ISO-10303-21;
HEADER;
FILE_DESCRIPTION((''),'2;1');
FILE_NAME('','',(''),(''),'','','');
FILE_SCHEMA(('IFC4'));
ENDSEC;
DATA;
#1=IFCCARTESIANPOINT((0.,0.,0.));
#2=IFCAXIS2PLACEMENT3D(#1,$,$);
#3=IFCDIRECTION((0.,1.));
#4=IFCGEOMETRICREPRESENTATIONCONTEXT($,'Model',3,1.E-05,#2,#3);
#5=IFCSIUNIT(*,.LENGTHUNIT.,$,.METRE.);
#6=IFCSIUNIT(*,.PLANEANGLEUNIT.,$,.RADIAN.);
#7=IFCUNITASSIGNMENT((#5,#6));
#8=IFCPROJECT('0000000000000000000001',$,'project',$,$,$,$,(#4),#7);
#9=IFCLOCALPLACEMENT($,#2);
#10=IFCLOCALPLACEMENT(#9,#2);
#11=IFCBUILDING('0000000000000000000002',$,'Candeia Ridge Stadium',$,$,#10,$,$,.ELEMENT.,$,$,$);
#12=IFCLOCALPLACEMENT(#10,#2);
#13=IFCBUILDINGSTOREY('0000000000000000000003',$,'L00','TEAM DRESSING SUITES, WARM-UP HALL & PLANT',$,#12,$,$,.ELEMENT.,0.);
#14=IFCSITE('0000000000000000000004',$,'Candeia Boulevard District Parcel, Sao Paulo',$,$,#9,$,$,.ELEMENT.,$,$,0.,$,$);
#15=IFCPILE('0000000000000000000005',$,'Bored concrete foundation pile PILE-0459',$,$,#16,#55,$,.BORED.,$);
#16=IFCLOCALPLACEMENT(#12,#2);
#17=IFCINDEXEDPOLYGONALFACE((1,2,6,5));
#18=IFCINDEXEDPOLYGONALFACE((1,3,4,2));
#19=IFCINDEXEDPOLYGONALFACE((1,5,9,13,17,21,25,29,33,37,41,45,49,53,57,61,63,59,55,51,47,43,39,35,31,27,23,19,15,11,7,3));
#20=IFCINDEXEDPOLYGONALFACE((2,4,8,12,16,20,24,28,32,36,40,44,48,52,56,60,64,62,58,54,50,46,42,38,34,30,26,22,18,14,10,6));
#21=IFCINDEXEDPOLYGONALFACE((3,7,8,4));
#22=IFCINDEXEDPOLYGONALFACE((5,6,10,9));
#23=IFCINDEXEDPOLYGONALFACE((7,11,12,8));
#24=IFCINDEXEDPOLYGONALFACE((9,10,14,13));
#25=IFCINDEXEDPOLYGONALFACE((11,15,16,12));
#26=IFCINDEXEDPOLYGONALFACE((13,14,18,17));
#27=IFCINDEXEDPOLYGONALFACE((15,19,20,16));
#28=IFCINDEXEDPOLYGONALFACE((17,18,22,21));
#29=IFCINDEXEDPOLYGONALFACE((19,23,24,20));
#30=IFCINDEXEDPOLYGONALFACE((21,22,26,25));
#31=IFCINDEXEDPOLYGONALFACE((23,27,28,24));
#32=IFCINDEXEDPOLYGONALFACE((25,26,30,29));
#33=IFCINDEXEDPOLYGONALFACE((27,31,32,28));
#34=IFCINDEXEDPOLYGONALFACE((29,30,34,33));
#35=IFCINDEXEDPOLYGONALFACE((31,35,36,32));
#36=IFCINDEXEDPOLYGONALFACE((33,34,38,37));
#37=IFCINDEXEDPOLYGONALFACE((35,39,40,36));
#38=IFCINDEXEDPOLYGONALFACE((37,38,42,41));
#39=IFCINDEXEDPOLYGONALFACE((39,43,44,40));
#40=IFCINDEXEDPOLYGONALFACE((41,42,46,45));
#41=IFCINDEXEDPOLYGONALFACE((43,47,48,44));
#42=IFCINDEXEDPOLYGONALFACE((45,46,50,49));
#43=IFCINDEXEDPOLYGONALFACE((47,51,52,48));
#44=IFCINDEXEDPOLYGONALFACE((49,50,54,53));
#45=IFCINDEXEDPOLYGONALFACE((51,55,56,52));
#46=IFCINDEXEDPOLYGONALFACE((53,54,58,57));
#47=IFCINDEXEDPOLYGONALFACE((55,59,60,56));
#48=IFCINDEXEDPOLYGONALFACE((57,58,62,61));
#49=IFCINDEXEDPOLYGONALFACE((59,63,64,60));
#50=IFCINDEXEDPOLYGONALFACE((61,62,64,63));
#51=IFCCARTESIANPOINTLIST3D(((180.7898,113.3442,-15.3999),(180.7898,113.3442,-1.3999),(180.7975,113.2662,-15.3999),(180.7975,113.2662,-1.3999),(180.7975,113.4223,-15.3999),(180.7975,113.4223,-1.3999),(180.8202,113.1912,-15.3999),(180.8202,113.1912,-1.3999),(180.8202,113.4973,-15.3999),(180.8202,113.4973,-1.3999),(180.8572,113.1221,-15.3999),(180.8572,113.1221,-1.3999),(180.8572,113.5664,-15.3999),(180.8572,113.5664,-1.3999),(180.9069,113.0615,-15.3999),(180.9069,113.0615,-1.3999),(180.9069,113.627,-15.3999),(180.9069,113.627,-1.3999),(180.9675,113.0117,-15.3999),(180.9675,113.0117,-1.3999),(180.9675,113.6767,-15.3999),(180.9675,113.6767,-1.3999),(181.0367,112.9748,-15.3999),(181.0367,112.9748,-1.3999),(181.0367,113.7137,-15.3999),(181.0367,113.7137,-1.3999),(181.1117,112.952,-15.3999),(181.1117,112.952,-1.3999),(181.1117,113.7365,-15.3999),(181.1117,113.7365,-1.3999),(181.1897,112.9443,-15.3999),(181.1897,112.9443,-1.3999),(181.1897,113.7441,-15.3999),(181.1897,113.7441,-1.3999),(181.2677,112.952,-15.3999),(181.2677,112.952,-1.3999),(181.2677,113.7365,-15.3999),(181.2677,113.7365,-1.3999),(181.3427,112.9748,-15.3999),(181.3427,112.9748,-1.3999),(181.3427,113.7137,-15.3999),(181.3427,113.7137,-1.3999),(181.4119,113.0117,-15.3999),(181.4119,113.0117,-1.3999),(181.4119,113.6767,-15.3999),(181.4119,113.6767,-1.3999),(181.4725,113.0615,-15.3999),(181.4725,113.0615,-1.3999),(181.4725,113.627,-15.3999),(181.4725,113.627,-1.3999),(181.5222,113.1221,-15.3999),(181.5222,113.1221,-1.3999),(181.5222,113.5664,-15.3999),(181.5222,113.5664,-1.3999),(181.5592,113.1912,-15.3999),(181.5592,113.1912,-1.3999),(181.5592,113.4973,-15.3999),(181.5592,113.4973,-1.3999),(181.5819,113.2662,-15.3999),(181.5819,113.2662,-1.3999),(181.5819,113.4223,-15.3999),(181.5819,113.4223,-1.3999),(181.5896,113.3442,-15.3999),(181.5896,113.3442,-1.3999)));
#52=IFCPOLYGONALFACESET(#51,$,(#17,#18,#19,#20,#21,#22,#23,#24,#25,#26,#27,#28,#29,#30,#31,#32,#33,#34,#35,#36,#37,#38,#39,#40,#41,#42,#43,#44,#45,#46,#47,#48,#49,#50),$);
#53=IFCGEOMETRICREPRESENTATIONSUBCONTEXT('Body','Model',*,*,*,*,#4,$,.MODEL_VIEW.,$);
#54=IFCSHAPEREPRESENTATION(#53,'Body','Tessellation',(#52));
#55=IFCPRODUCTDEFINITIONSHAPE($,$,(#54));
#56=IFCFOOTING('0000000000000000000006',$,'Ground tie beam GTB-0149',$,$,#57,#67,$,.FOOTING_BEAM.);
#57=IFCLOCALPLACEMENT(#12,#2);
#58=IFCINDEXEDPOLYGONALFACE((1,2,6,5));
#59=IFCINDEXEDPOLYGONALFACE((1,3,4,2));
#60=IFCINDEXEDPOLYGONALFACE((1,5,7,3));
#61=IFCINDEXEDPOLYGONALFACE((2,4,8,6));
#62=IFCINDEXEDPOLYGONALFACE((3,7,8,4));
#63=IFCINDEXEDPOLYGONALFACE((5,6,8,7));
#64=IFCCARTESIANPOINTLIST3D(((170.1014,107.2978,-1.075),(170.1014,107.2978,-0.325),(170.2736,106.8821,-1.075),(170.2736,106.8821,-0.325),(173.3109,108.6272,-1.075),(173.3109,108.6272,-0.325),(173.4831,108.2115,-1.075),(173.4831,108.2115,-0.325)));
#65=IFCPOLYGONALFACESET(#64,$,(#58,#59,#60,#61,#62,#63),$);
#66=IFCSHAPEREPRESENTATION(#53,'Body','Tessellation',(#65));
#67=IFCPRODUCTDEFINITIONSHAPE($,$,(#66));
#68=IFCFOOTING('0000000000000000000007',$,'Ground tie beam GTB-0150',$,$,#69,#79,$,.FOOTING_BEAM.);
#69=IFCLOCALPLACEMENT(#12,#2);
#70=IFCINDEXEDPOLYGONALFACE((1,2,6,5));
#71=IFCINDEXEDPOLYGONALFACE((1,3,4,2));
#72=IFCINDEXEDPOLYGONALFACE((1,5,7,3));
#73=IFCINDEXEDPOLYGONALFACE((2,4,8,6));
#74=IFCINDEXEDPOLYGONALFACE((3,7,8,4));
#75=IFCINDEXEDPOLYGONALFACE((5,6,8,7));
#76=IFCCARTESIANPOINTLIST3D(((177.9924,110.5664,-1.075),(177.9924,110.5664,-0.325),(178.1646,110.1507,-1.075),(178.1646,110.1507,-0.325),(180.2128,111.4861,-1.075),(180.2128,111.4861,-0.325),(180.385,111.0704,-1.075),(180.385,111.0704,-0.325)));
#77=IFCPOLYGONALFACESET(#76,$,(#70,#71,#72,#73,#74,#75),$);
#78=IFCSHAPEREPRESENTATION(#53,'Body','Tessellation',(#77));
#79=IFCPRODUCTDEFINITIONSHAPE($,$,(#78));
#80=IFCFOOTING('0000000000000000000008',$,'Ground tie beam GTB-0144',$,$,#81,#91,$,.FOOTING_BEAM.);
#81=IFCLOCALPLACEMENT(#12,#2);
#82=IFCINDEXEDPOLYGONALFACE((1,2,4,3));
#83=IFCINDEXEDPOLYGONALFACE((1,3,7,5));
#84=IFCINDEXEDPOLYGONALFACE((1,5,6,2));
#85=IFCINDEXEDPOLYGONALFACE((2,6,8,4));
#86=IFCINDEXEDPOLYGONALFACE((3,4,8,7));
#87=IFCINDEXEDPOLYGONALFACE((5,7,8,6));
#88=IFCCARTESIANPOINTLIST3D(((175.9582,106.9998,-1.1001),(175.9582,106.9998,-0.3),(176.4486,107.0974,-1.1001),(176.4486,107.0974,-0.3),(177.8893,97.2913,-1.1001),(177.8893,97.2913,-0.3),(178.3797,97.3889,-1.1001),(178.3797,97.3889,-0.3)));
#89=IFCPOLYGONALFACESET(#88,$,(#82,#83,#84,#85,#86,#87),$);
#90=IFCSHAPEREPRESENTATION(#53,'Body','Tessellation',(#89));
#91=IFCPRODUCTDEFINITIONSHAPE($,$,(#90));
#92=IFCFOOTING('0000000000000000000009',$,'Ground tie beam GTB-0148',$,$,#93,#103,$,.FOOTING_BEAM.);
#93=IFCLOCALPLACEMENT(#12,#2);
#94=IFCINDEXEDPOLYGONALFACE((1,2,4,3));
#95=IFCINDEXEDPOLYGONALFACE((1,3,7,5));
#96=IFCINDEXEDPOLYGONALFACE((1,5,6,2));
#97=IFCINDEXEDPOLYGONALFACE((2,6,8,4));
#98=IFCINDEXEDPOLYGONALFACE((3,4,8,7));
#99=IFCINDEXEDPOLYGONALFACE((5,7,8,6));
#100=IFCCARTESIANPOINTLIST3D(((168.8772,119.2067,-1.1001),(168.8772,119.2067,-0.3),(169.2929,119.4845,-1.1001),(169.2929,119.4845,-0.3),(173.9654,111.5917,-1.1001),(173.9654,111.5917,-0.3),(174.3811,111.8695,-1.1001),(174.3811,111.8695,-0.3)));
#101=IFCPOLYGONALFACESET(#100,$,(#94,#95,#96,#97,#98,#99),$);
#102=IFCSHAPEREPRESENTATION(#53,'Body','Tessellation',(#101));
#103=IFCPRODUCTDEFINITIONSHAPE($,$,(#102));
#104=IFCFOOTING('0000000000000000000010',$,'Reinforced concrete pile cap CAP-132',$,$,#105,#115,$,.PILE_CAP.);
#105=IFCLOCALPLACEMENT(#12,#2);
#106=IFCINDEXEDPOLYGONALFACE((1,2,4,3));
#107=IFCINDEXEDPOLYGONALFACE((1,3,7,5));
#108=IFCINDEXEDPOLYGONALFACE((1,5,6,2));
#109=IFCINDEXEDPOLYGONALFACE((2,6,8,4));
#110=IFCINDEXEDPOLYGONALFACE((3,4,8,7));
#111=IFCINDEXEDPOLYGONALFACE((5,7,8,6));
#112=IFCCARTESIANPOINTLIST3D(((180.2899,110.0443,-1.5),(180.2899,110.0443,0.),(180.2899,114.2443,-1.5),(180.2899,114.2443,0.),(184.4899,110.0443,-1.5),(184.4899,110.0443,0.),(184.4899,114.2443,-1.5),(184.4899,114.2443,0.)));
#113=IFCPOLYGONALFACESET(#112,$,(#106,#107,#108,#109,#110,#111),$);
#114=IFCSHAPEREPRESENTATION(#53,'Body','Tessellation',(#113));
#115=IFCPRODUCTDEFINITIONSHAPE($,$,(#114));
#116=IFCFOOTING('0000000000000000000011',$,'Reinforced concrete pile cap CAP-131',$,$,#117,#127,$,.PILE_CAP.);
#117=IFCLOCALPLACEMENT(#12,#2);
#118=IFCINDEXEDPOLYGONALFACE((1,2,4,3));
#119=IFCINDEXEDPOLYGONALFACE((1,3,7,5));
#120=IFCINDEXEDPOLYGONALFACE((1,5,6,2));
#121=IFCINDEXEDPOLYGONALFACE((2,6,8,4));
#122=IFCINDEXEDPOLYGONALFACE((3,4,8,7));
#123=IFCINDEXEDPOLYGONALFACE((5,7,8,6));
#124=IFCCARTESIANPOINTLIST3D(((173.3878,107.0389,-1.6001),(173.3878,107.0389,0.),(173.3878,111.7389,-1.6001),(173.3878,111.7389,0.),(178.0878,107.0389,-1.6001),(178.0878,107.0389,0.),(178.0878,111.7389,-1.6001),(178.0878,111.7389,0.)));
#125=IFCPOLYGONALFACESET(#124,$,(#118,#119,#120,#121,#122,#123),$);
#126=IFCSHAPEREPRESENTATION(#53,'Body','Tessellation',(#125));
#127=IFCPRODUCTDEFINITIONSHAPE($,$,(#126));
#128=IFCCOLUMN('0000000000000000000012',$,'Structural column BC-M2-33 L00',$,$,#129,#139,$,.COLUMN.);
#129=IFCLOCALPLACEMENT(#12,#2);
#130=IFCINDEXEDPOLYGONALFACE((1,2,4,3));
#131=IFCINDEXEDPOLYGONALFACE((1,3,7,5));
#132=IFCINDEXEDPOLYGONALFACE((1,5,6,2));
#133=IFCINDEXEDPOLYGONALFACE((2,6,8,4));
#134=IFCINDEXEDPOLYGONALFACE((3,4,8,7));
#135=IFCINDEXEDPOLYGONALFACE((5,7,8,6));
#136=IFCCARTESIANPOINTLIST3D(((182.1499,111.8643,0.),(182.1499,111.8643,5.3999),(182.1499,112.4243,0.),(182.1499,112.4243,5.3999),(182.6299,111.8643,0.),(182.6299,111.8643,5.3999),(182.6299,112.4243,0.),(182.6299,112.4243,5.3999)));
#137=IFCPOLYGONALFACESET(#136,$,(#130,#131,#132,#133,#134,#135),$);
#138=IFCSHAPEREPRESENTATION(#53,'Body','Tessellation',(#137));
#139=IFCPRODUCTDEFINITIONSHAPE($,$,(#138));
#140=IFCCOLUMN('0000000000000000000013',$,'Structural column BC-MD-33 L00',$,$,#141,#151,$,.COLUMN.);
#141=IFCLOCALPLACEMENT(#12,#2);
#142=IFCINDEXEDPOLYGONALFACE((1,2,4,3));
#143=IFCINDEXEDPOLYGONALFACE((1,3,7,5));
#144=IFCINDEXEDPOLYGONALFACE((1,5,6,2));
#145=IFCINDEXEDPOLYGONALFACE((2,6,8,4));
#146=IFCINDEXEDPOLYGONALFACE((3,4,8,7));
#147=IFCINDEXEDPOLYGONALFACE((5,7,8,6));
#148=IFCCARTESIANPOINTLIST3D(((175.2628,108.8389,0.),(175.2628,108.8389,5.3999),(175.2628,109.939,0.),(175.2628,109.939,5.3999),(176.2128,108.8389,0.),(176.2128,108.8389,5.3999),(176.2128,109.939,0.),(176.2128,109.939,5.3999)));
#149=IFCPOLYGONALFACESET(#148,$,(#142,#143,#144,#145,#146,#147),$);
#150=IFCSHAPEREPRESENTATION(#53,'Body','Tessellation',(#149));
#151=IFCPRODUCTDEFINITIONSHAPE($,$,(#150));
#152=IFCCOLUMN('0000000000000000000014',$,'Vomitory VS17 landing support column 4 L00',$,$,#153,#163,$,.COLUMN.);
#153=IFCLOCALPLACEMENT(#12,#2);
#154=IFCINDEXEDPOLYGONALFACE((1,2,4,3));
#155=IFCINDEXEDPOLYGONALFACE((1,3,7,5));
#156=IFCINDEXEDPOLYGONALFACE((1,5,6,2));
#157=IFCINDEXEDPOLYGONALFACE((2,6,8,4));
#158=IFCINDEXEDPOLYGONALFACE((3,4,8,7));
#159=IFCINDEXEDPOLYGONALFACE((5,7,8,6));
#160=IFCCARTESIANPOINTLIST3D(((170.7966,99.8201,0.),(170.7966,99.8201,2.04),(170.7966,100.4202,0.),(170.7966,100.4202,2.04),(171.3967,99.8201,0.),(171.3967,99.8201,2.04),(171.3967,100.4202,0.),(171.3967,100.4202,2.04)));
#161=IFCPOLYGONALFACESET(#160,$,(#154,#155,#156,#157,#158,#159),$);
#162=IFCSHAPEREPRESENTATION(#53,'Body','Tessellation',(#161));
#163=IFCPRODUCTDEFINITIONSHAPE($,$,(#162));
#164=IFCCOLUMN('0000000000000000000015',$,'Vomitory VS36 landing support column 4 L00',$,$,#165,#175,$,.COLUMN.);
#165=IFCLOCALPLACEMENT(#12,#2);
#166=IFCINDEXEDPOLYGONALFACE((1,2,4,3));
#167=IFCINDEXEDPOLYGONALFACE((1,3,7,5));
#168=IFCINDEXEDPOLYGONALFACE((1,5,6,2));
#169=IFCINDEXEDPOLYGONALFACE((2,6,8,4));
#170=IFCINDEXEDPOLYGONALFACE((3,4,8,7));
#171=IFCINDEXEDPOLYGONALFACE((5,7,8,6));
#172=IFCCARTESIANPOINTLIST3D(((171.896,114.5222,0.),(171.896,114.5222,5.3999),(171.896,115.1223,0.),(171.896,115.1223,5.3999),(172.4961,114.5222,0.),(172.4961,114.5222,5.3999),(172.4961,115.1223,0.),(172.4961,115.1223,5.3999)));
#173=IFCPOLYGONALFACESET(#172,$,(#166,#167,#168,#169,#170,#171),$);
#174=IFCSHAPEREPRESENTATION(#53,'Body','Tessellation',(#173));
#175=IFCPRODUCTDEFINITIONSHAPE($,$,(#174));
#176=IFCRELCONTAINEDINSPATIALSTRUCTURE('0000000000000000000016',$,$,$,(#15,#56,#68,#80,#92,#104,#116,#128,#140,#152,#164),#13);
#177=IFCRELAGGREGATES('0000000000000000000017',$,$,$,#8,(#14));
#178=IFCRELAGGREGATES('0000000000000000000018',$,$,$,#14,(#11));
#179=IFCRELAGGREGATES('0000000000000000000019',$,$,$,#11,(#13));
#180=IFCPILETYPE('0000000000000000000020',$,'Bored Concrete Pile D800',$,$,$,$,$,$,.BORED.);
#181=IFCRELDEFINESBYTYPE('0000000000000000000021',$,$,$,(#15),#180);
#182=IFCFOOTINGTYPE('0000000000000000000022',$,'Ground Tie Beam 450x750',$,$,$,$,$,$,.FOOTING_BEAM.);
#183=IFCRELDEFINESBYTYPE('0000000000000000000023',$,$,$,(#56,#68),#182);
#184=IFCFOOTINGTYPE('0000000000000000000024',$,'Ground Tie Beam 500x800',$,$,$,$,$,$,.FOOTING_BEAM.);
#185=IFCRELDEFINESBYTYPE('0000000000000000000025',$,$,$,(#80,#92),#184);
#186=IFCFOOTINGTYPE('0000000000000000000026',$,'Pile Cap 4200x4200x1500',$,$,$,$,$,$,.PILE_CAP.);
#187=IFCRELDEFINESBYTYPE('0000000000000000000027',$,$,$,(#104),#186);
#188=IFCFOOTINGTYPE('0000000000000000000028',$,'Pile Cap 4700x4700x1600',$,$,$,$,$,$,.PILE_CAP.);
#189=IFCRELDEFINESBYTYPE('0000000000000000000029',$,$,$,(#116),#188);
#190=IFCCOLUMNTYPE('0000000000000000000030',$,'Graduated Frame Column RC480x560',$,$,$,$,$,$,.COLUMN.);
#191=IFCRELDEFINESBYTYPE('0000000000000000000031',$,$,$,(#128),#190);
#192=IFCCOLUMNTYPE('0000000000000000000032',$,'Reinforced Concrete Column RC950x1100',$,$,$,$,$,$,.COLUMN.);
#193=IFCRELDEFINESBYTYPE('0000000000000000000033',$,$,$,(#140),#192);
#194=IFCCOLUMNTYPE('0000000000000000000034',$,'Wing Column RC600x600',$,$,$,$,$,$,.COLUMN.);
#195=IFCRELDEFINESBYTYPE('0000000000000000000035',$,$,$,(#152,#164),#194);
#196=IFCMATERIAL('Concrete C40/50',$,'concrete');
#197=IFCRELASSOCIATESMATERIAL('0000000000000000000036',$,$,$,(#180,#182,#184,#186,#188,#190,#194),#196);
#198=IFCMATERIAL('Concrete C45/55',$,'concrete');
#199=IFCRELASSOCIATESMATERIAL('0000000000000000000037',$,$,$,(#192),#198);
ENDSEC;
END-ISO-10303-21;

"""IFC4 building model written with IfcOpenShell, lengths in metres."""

from ifc_helpers import new_model, si_unit, direction, frame, origin, origin_2d, place, context, subcontext, project, spatial, rectangle, circle, extrude, material, material_profile, profile_set, type_object, element, save


model = new_model("IFC4")

# Units and contexts
model_context = context("Model", 3, precision=1e-05, world=origin(), true_north=direction((0.0, 1.0)))
body_context = subcontext(model_context, "Body", "Model", "MODEL_VIEW")
ifc_project = project(units=[si_unit("LENGTHUNIT", "METRE"), si_unit("PLANEANGLEUNIT", "RADIAN")], contexts=[model_context])

# Site, building, storey
site_placement = place(None, origin())
site = spatial("IfcSite", under=ifc_project, at=site_placement, Name="Candeia Boulevard District Parcel, Sao Paulo", CompositionType="ELEMENT", RefElevation=0.0)
building_placement = place(site_placement, origin())
building = spatial("IfcBuilding", under=site, at=building_placement, Name="Candeia Ridge Stadium", CompositionType="ELEMENT")
storey_placement = place(building_placement, origin())
storey = spatial("IfcBuildingStorey", under=building, at=storey_placement, Name="L00", Description="TEAM DRESSING SUITES, WARM-UP HALL & PLANT", CompositionType="ELEMENT", Elevation=0.0)

# Pile
ifc_material_1 = material(Name="Concrete C40/50", Category="concrete")
ifc_material_profile_1 = material_profile(ifc_material_1, circle(Radius=0.3999, at=origin_2d()), Name="PILE-D800", Category="concrete")
ifc_profile_set_1 = profile_set([ifc_material_profile_1], Name="Concrete C40/50")
pile_type_1 = type_object("IfcPileType", Name="Bored Concrete Pile D800", PredefinedType="BORED", material=ifc_profile_set_1)
for number, where, z_axis, x_axis, name in (
    (1, (181.1897, 113.3442, -1.3999), (0.0, 0.0, -1.0), (1.0, 0.0, 0.0), "Bored concrete foundation pile PILE-0459"),
):
    element("IfcPile", number, at=place(storey_placement, frame(where, z_axis=z_axis, x_axis=x_axis)), inside=storey, type_object=pile_type_1, Name=name, PredefinedType="BORED", context=body_context, shape_type="SweptSolid", body=[
        extrude(circle(Radius=0.3999, at=origin_2d()), origin(), (0.0, 0.0, 1.0), 14.0),
    ])

# Footings
footing_type_1 = type_object("IfcFootingType", Name="Ground Tie Beam 450x750", PredefinedType="FOOTING_BEAM", material=ifc_material_1)
footing_1_placement = place(storey_placement, frame((171.7922, 107.7546, -1.075), z_axis=(0.0, 0.0, 1.0), x_axis=(0.923881, 0.382679, 0.0)))
element("IfcFooting", 2, at=footing_1_placement, inside=storey, type_object=footing_type_1, Name="Ground tie beam GTB-0149", PredefinedType="FOOTING_BEAM", context=body_context, shape_type="SweptSolid", body=[
    extrude(rectangle(XDim=3.4739, YDim=0.45, at=origin_2d()), origin(), (0.0, 0.0, 1.0), 0.75),
])
footing_2_placement = place(storey_placement, frame((179.1887, 110.8184, -1.075), z_axis=(0.0, 0.0, 1.0), x_axis=(0.923882, 0.382676, 0.0)))
element("IfcFooting", 3, at=footing_2_placement, inside=storey, type_object=footing_type_1, Name="Ground tie beam GTB-0150", PredefinedType="FOOTING_BEAM", context=body_context, shape_type="SweptSolid", body=[
    extrude(rectangle(XDim=2.4033, YDim=0.45, at=origin_2d()), origin(), (0.0, 0.0, 1.0), 0.75),
])
footing_type_2 = type_object("IfcFootingType", Name="Ground Tie Beam 500x800", PredefinedType="FOOTING_BEAM", material=ifc_material_1)
footing_3_placement = place(storey_placement, frame((177.1689, 102.1943, -1.1001), z_axis=(0.0, 0.0, 1.0), x_axis=(-0.195086, 0.980786, 0.0)))
element("IfcFooting", 4, at=footing_3_placement, inside=storey, type_object=footing_type_2, Name="Ground tie beam GTB-0144", PredefinedType="FOOTING_BEAM", context=body_context, shape_type="SweptSolid", body=[
    extrude(rectangle(XDim=9.8987, YDim=0.5, at=origin_2d()), origin(), (0.0, 0.0, 1.0), 0.8),
])
footing_4_placement = place(storey_placement, frame((171.6292, 115.5381, -1.1001), z_axis=(0.0, 0.0, 1.0), x_axis=(-0.555569, 0.83147, 0.0)))
element("IfcFooting", 5, at=footing_4_placement, inside=storey, type_object=footing_type_2, Name="Ground tie beam GTB-0148", PredefinedType="FOOTING_BEAM", context=body_context, shape_type="SweptSolid", body=[
    extrude(rectangle(XDim=9.1584, YDim=0.5, at=origin_2d()), origin(), (0.0, 0.0, 1.0), 0.8),
])
footing_type_3 = type_object("IfcFootingType", Name="Pile Cap 4200x4200x1500", PredefinedType="PILE_CAP", material=ifc_material_1)
footing_5_placement = place(storey_placement, frame((182.3899, 112.1443, -1.5), z_axis=(0.0, 0.0, 1.0), x_axis=(1.0, 0.0, 0.0)))
element("IfcFooting", 6, at=footing_5_placement, inside=storey, type_object=footing_type_3, Name="Reinforced concrete pile cap CAP-132", PredefinedType="PILE_CAP", context=body_context, shape_type="SweptSolid", body=[
    extrude(rectangle(XDim=4.2, YDim=4.2, at=origin_2d()), origin(), (0.0, 0.0, 1.0), 1.5),
])
footing_type_4 = type_object("IfcFootingType", Name="Pile Cap 4700x4700x1600", PredefinedType="PILE_CAP", material=ifc_material_1)
footing_6_placement = place(storey_placement, frame((175.7378, 109.3889, -1.6001), z_axis=(0.0, 0.0, 1.0), x_axis=(1.0, 0.0, 0.0)))
element("IfcFooting", 7, at=footing_6_placement, inside=storey, type_object=footing_type_4, Name="Reinforced concrete pile cap CAP-131", PredefinedType="PILE_CAP", context=body_context, shape_type="SweptSolid", body=[
    extrude(rectangle(XDim=4.7, YDim=4.7, at=origin_2d()), origin(), (0.0, 0.0, 1.0), 1.6001),
])

# Columns
ifc_material_profile_2 = material_profile(ifc_material_1, rectangle(XDim=0.48, YDim=0.5601, at=origin_2d()), Name="RC480x560", Category="concrete")
ifc_profile_set_2 = profile_set([ifc_material_profile_2], Name="Concrete C40/50")
column_type_1 = type_object("IfcColumnType", Name="Graduated Frame Column RC480x560", PredefinedType="COLUMN", material=ifc_profile_set_2)
column_1_placement = place(storey_placement, frame((182.3899, 112.1443, 0.0), z_axis=(0.0, 0.0, 1.0), x_axis=(1.0, 0.0, 0.0)))
element("IfcColumn", 8, at=column_1_placement, inside=storey, type_object=column_type_1, Name="Structural column BC-M2-33 L00", PredefinedType="COLUMN", context=body_context, shape_type="SweptSolid", body=[
    extrude(rectangle(XDim=0.48, YDim=0.5601, at=origin_2d()), origin(), (0.0, 0.0, 1.0), 5.3999),
])
ifc_material_2 = material(Name="Concrete C45/55", Category="concrete")
ifc_material_profile_3 = material_profile(ifc_material_2, rectangle(XDim=0.95, YDim=1.1001, at=origin_2d()), Name="RC950x1100", Category="concrete")
ifc_profile_set_3 = profile_set([ifc_material_profile_3], Name="Concrete C45/55")
column_type_2 = type_object("IfcColumnType", Name="Reinforced Concrete Column RC950x1100", PredefinedType="COLUMN", material=ifc_profile_set_3)
column_2_placement = place(storey_placement, frame((175.7378, 109.3889, 0.0), z_axis=(0.0, 0.0, 1.0), x_axis=(1.0, 0.0, 0.0)))
element("IfcColumn", 9, at=column_2_placement, inside=storey, type_object=column_type_2, Name="Structural column BC-MD-33 L00", PredefinedType="COLUMN", context=body_context, shape_type="SweptSolid", body=[
    extrude(rectangle(XDim=0.95, YDim=1.1001, at=origin_2d()), origin(), (0.0, 0.0, 1.0), 5.3999),
])
ifc_material_profile_4 = material_profile(ifc_material_1, rectangle(XDim=0.6001, YDim=0.6001, at=origin_2d()), Name="RC600x600", Category="concrete")
ifc_profile_set_4 = profile_set([ifc_material_profile_4], Name="Concrete C40/50")
column_type_3 = type_object("IfcColumnType", Name="Wing Column RC600x600", PredefinedType="COLUMN", material=ifc_profile_set_4)
column_3_placement = place(storey_placement, frame((171.0967, 100.1201, 0.0), z_axis=(0.0, 0.0, 1.0), x_axis=(1.0, 0.0, 0.0)))
element("IfcColumn", 10, at=column_3_placement, inside=storey, type_object=column_type_3, Name="Vomitory VS17 landing support column 4 L00", PredefinedType="COLUMN", context=body_context, shape_type="SweptSolid", body=[
    extrude(rectangle(XDim=0.6001, YDim=0.6001, at=origin_2d()), origin(), (0.0, 0.0, 1.0), 2.04),
])
column_4_placement = place(storey_placement, frame((172.196, 114.8223, 0.0), z_axis=(0.0, 0.0, 1.0), x_axis=(1.0, 0.0, 0.0)))
element("IfcColumn", 11, at=column_4_placement, inside=storey, type_object=column_type_3, Name="Vomitory VS36 landing support column 4 L00", PredefinedType="COLUMN", context=body_context, shape_type="SweptSolid", body=[
    extrude(rectangle(XDim=0.6001, YDim=0.6001, at=origin_2d()), origin(), (0.0, 0.0, 1.0), 5.3999),
])

save(model, "model.ifc")
